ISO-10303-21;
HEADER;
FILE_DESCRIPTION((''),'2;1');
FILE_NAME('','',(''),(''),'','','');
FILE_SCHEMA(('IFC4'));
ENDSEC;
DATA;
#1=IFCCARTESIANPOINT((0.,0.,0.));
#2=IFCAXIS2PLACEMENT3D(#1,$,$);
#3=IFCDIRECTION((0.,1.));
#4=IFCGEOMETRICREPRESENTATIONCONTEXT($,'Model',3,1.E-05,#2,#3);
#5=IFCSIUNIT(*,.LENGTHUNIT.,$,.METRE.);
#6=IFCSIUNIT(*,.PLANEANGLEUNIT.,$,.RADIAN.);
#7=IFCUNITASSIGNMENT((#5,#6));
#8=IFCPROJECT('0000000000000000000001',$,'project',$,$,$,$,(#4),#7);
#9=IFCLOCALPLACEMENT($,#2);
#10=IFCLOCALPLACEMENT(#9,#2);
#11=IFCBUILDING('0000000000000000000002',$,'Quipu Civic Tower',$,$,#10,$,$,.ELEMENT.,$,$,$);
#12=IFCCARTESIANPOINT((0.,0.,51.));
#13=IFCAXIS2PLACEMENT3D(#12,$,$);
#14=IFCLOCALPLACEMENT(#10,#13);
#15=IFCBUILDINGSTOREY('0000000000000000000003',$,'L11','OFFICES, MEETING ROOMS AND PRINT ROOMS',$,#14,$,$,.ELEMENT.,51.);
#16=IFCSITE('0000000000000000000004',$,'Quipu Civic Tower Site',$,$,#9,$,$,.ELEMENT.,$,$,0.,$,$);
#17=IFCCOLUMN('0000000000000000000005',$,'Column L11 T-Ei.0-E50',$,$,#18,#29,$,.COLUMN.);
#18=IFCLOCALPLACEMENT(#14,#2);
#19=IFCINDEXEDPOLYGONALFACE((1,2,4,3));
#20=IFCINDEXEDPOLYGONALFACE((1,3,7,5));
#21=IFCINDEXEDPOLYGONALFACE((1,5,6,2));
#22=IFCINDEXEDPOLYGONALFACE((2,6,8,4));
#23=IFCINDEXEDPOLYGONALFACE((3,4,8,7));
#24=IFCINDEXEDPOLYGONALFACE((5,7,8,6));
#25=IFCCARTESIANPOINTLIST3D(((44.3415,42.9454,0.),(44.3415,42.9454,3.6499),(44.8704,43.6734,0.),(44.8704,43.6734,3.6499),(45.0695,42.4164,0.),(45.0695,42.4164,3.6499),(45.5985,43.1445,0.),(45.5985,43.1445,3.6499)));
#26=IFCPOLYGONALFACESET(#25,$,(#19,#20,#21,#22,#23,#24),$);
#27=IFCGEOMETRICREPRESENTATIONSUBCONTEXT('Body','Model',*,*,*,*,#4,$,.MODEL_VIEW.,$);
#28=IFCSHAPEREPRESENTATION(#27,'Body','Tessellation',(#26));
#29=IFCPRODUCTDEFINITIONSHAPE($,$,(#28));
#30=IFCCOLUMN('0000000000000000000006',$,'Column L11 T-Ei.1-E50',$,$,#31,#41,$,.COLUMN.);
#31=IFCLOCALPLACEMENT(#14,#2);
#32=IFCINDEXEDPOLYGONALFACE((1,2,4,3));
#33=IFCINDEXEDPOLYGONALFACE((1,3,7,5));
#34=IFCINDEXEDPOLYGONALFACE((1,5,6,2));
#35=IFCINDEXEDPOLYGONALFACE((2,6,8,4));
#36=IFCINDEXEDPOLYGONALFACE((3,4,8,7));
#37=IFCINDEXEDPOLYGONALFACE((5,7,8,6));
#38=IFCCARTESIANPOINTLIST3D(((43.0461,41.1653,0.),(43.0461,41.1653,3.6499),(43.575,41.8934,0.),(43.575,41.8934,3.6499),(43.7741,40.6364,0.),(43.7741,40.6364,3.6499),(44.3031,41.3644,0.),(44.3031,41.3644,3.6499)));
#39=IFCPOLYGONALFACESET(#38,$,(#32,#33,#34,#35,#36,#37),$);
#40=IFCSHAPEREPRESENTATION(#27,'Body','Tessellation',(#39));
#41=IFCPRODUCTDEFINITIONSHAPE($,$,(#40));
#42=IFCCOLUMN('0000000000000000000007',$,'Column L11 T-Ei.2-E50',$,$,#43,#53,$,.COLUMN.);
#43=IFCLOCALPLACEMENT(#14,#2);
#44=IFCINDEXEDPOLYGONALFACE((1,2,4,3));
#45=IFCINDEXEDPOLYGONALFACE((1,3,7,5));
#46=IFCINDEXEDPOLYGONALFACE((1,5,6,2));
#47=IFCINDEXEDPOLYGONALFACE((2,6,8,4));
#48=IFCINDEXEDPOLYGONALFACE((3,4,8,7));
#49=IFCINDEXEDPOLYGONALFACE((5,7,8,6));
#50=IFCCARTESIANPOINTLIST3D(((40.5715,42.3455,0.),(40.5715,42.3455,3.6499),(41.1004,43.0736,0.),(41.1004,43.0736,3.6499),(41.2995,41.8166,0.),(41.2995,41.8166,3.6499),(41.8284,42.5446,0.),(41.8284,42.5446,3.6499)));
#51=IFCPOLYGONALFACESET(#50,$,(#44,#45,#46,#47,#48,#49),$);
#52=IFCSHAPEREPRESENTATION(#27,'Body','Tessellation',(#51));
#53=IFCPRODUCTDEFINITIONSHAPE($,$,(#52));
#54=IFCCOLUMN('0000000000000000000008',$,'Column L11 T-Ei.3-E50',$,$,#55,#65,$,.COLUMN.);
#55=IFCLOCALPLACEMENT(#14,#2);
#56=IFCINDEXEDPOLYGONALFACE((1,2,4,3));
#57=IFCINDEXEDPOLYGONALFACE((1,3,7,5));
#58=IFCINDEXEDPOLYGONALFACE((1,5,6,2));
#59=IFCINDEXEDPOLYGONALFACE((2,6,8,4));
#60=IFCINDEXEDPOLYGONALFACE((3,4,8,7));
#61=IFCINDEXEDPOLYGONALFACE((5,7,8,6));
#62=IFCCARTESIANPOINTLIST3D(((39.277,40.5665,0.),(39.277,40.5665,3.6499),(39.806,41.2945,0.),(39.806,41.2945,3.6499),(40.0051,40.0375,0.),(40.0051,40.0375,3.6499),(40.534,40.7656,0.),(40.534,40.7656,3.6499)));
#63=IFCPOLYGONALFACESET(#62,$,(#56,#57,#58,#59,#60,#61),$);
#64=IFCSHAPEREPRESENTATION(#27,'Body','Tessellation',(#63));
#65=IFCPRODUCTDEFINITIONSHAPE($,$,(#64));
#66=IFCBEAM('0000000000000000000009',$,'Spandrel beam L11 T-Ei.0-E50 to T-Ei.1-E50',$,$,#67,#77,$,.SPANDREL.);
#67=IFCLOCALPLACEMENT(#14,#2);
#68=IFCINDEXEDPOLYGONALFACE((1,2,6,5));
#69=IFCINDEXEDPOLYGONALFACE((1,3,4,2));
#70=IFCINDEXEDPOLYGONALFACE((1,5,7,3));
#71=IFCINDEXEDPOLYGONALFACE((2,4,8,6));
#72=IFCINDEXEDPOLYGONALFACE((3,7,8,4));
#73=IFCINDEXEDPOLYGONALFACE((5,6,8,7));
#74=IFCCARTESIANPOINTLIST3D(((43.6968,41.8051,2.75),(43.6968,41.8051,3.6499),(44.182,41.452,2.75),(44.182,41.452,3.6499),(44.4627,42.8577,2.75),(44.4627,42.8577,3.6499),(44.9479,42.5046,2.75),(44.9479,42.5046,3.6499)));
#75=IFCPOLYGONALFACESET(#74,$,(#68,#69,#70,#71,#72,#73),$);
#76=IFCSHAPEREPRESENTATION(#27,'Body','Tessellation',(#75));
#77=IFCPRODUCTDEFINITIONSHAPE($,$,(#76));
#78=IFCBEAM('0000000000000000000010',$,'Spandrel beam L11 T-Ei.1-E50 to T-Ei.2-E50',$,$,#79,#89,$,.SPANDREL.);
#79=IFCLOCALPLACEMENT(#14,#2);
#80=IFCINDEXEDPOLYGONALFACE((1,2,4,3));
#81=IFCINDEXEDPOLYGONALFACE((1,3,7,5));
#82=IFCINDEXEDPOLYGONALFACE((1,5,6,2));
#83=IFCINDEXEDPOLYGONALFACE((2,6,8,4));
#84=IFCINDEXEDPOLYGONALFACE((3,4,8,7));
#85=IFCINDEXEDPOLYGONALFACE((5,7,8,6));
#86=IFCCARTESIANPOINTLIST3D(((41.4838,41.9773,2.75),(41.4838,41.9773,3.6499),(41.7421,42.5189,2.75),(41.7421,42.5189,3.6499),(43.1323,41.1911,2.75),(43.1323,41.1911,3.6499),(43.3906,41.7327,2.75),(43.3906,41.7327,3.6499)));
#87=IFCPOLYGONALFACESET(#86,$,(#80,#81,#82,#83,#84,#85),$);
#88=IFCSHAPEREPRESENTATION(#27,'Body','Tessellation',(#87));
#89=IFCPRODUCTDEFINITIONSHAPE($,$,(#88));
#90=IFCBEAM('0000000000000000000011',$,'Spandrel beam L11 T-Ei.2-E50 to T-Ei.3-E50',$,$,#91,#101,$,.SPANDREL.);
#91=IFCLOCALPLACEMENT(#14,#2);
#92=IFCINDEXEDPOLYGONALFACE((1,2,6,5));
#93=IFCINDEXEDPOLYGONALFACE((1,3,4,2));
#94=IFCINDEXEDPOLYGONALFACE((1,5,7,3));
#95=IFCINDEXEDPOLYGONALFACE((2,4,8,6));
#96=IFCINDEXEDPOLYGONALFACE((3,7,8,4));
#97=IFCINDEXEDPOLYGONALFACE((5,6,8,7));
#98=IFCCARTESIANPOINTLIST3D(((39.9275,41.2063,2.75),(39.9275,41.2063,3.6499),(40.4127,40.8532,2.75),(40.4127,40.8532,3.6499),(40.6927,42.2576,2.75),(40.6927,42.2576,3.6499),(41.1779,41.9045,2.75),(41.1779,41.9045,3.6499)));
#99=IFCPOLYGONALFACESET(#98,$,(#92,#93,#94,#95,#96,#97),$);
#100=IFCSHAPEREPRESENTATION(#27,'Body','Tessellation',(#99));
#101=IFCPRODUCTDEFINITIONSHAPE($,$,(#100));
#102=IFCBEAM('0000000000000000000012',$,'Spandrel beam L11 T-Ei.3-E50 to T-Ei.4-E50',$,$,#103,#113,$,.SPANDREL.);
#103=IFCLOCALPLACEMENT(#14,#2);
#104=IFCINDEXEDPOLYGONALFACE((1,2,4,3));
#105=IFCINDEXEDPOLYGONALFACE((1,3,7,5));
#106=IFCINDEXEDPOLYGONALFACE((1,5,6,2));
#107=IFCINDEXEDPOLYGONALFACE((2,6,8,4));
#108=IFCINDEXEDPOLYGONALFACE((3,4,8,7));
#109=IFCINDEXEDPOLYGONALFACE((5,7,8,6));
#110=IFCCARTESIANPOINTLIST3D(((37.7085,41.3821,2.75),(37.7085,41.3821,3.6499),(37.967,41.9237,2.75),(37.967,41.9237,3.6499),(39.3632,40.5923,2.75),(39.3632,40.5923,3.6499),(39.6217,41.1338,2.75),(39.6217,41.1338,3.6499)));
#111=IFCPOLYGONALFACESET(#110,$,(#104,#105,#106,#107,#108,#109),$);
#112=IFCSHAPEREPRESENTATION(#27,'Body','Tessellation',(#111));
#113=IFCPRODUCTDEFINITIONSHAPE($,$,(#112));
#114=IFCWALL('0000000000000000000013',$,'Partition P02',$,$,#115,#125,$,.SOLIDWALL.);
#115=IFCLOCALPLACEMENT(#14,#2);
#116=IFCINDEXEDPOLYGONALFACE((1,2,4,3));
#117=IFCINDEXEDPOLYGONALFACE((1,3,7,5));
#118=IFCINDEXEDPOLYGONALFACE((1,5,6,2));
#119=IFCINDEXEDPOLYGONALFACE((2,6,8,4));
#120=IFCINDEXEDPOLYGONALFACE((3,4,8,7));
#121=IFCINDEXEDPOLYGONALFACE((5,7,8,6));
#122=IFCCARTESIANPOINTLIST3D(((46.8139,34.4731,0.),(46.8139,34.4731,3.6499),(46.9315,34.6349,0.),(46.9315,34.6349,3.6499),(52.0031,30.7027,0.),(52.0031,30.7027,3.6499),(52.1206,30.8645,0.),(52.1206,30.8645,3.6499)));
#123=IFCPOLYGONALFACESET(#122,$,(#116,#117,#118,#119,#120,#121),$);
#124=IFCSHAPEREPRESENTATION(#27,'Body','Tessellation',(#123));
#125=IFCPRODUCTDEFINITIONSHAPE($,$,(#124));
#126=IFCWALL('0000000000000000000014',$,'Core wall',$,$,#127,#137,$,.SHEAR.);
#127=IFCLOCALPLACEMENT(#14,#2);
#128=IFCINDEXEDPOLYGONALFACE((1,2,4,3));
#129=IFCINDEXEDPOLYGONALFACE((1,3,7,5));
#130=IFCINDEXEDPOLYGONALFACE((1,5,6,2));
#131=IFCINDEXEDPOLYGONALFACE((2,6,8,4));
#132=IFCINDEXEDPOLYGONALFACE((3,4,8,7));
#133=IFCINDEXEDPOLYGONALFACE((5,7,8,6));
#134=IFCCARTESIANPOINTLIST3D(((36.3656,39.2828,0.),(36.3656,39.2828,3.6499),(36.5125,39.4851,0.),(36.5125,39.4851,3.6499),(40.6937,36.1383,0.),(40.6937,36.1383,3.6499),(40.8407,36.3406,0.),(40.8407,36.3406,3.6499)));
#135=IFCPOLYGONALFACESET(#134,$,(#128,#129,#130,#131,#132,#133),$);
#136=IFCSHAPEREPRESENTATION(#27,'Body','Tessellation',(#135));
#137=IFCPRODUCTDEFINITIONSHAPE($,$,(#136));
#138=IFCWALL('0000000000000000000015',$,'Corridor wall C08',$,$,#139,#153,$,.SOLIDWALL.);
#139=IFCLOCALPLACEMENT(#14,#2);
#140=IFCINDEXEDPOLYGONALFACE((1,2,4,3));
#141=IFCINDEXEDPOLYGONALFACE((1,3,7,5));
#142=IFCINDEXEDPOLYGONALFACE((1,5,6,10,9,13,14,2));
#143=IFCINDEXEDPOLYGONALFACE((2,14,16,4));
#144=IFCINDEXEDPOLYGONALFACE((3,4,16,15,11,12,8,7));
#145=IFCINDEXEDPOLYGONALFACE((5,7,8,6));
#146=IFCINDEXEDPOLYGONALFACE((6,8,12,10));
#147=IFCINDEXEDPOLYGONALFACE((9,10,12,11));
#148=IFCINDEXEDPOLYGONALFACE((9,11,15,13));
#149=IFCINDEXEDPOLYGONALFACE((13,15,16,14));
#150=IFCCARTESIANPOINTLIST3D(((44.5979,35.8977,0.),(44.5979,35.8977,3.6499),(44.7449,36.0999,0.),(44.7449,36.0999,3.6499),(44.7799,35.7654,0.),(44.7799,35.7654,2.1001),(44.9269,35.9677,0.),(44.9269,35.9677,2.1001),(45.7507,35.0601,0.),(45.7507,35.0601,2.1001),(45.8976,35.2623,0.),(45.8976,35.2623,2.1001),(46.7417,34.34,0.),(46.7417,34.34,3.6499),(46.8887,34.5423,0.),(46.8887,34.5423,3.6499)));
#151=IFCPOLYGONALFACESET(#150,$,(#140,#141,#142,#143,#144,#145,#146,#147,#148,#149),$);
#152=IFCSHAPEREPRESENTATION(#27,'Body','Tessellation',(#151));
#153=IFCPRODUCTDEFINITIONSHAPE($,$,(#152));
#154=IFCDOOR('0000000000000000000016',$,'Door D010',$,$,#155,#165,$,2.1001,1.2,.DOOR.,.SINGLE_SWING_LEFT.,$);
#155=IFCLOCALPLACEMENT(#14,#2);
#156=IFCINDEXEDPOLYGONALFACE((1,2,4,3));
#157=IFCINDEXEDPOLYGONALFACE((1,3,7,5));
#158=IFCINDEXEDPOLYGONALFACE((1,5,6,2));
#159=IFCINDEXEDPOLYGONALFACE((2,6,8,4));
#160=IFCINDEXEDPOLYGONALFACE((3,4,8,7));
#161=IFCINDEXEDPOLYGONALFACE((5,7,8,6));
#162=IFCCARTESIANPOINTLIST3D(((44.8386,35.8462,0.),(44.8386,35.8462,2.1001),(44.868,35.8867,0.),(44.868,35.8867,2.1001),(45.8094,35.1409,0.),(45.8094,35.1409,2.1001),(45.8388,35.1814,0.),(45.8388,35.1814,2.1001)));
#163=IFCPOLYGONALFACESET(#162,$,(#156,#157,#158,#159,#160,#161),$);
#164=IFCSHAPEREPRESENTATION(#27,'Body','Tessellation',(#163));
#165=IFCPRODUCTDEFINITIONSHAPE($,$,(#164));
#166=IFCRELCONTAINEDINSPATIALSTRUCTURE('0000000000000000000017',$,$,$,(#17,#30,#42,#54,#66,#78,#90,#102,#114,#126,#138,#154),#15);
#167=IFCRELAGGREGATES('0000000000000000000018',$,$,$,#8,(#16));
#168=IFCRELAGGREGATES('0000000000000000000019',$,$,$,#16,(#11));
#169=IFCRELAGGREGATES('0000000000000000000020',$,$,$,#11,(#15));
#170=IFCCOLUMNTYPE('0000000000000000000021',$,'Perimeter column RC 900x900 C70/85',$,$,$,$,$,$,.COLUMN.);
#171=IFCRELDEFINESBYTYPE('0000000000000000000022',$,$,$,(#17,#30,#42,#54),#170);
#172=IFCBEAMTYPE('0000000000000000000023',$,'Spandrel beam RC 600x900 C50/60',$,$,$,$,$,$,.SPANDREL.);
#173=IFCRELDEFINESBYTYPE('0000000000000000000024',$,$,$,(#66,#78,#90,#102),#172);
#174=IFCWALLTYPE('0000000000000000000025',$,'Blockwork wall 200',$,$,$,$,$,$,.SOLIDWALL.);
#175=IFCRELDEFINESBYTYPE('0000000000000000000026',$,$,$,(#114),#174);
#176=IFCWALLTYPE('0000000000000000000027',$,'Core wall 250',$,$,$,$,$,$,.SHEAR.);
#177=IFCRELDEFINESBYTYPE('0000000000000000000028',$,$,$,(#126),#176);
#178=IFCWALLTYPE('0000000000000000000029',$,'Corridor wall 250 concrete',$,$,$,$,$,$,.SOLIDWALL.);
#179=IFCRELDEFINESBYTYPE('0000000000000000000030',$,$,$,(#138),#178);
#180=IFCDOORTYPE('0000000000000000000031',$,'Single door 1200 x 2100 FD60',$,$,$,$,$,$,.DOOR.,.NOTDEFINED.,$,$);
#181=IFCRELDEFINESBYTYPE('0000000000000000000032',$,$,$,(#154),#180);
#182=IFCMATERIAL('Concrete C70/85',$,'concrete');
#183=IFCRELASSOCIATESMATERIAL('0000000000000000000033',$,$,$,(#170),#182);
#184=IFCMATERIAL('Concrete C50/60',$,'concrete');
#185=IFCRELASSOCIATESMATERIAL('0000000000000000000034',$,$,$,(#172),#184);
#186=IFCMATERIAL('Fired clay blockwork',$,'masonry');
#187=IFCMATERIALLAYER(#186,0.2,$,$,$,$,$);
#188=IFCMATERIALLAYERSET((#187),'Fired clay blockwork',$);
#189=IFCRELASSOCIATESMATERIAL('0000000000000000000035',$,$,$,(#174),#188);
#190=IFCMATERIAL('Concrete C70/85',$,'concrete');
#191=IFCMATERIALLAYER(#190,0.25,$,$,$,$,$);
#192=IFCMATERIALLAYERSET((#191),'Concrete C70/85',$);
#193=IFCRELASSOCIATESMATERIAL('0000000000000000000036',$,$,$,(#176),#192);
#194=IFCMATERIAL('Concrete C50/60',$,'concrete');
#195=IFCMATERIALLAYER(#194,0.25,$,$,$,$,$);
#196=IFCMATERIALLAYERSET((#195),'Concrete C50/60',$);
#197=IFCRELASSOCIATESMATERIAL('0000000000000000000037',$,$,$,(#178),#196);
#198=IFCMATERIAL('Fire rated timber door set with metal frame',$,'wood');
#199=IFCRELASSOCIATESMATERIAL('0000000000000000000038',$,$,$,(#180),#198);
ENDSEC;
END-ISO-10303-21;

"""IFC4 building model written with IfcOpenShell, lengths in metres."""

from ifc_helpers import new_model, si_unit, direction, frame, frame_2d, origin, origin_2d, place, context, subcontext, project, spatial, rectangle, extrude, material, layer, layer_set, material_profile, profile_set, type_object, element, fill, save


model = new_model("IFC4")

# Units and contexts
model_context = context("Model", 3, precision=1e-05, world=origin(), true_north=direction((0.0, 1.0)))
body_context = subcontext(model_context, "Body", "Model", "MODEL_VIEW")
ifc_project = project(units=[si_unit("LENGTHUNIT", "METRE"), si_unit("PLANEANGLEUNIT", "RADIAN")], contexts=[model_context])

# Site, building, storey
site_placement = place(None, origin())
site = spatial("IfcSite", under=ifc_project, at=site_placement, Name="Quipu Civic Tower Site", CompositionType="ELEMENT", RefElevation=0.0)
building_placement = place(site_placement, origin())
building = spatial("IfcBuilding", under=site, at=building_placement, Name="Quipu Civic Tower", CompositionType="ELEMENT")
storey_placement = place(building_placement, frame((0.0, 0.0, 51.0)))
storey = spatial("IfcBuildingStorey", under=building, at=storey_placement, Name="L11", Description="OFFICES, MEETING ROOMS AND PRINT ROOMS", CompositionType="ELEMENT", Elevation=51.0)

# Columns
ifc_material_1 = material(Name="Concrete C70/85", Category="concrete")
ifc_material_profile_1 = material_profile(ifc_material_1, rectangle(XDim=0.8999, YDim=0.8999, at=origin_2d()), Name="RC900x900")
ifc_profile_set_1 = profile_set([ifc_material_profile_1], Name="Concrete C70/85")
column_type = type_object("IfcColumnType", Name="Perimeter column RC 900x900 C70/85", PredefinedType="COLUMN", material=ifc_profile_set_1)
for number, where, z_axis, x_axis, name in (
    (1, (44.97, 43.0449, 0.0), (0.0, 0.0, 1.0), (-0.809017, 0.587785, 0.0), "Column L11 T-Ei.0-E50"),
    (2, (43.6746, 41.2649, 0.0), (0.0, 0.0, 1.0), (-0.809017, 0.587785, 0.0), "Column L11 T-Ei.1-E50"),
    (3, (41.2, 42.4451, 0.0), (0.0, 0.0, 1.0), (-0.587785, -0.809017, 0.0), "Column L11 T-Ei.2-E50"),
    (4, (39.9055, 40.666, 0.0), (0.0, 0.0, 1.0), (-0.587785, -0.809017, 0.0), "Column L11 T-Ei.3-E50"),
):
    element("IfcColumn", number, at=place(storey_placement, frame(where, z_axis=z_axis, x_axis=x_axis)), inside=storey, type_object=column_type, Name=name, PredefinedType="COLUMN", context=body_context, shape_type="SweptSolid", body=[
        extrude(rectangle(XDim=0.8999, YDim=0.8999, at=origin_2d()), origin(), (0.0, 0.0, 1.0), 3.6499),
    ])

# Beams
ifc_material_2 = material(Name="Concrete C50/60", Category="concrete")
ifc_material_profile_2 = material_profile(ifc_material_2, rectangle(XDim=0.6001, YDim=0.8999, at=origin_2d()), Name="RC600x900")
ifc_profile_set_2 = profile_set([ifc_material_profile_2], Name="Concrete C50/60")
beam_type = type_object("IfcBeamType", Name="Spandrel beam RC 600x900 C50/60", PredefinedType="SPANDREL", material=ifc_profile_set_2)
beam_1_placement = place(storey_placement, frame((44.7053, 42.6812, 3.2), z_axis=(-0.588384, -0.808582, 0.0), x_axis=(0.808582, -0.588384, 0.0)))
element("IfcBeam", 5, at=beam_1_placement, inside=storey, type_object=beam_type, Name="Spandrel beam L11 T-Ei.0-E50 to T-Ei.1-E50", PredefinedType="SPANDREL", context=body_context, shape_type="SweptSolid", body=[
    extrude(rectangle(XDim=0.6001, YDim=0.8999, at=origin_2d()), origin(), (0.0, 0.0, 1.0), 1.3018),
])
beam_2_placement = place(storey_placement, frame((43.2615, 41.4619, 3.2), z_axis=(-0.902613, 0.430452, 0.0), x_axis=(-0.430452, -0.902613, 0.0)))
element("IfcBeam", 6, at=beam_2_placement, inside=storey, type_object=beam_type, Name="Spandrel beam L11 T-Ei.1-E50 to T-Ei.2-E50", PredefinedType="SPANDREL", context=body_context, shape_type="SweptSolid", body=[
    extrude(rectangle(XDim=0.6001, YDim=0.8999, at=origin_2d()), origin(), (0.0, 0.0, 1.0), 1.8264),
])
beam_3_placement = place(storey_placement, frame((40.9353, 42.0811, 3.2), z_axis=(-0.588462, -0.808525, 0.0), x_axis=(0.808525, -0.588462, 0.0)))
element("IfcBeam", 7, at=beam_3_placement, inside=storey, type_object=beam_type, Name="Spandrel beam L11 T-Ei.2-E50 to T-Ei.3-E50", PredefinedType="SPANDREL", context=body_context, shape_type="SweptSolid", body=[
    extrude(rectangle(XDim=0.6001, YDim=0.8999, at=origin_2d()), origin(), (0.0, 0.0, 1.0), 1.3003),
])
beam_4_placement = place(storey_placement, frame((39.4924, 40.863, 3.2), z_axis=(-0.902454, 0.430786, 0.0), x_axis=(-0.430786, -0.902454, 0.0)))
element("IfcBeam", 8, at=beam_4_placement, inside=storey, type_object=beam_type, Name="Spandrel beam L11 T-Ei.3-E50 to T-Ei.4-E50", PredefinedType="SPANDREL", context=body_context, shape_type="SweptSolid", body=[
    extrude(rectangle(XDim=0.6001, YDim=0.8999, at=origin_2d()), origin(), (0.0, 0.0, 1.0), 1.8335),
])

# Walls
ifc_material_3 = material(Name="Fired clay blockwork", Category="masonry")
ifc_layer_1 = layer(ifc_material_3, 0.2)
ifc_layer_set_1 = layer_set([ifc_layer_1], Name="Fired clay blockwork")
wall_type_1 = type_object("IfcWallType", Name="Blockwork wall 200", PredefinedType="SOLIDWALL", material=ifc_layer_set_1)
wall_1_placement = place(storey_placement, frame((46.8728, 34.554, 0.0), z_axis=(0.0, 0.0, 1.0), x_axis=(0.808993, -0.587819, 0.0)))
element("IfcWall", 9, at=wall_1_placement, inside=storey, type_object=wall_type_1, Name="Partition P02", PredefinedType="SOLIDWALL", context=body_context, shape_type="SweptSolid", body=[
    extrude(rectangle(XDim=6.4143, YDim=0.2, at=frame_2d((3.207, 0.0))), origin(), (0.0, 0.0, 1.0), 3.6499),
])
ifc_material_4 = material(Name="Concrete C70/85", Category="concrete")
ifc_layer_2 = layer(ifc_material_4, 0.25)
ifc_layer_set_2 = layer_set([ifc_layer_2], Name="Concrete C70/85")
wall_type_2 = type_object("IfcWallType", Name="Core wall 250", PredefinedType="SHEAR", material=ifc_layer_set_2)
wall_2_placement = place(storey_placement, frame((40.7671, 36.2395, 0.0), z_axis=(0.0, 0.0, 1.0), x_axis=(-0.80902, 0.587781, 0.0)))
element("IfcWall", 10, at=wall_2_placement, inside=storey, type_object=wall_type_2, Name="Core wall", PredefinedType="SHEAR", context=body_context, shape_type="SweptSolid", body=[
    extrude(rectangle(XDim=5.3499, YDim=0.25, at=frame_2d((2.6748, 0.0))), origin(), (0.0, 0.0, 1.0), 3.6499),
])

# Wall, opening, door
ifc_material_5 = material(Name="Concrete C50/60", Category="concrete")
ifc_layer_3 = layer(ifc_material_5, 0.25)
ifc_layer_set_3 = layer_set([ifc_layer_3], Name="Concrete C50/60")
wall_type_3 = type_object("IfcWallType", Name="Corridor wall 250 concrete", PredefinedType="SOLIDWALL", material=ifc_layer_set_3)
wall_3_placement = place(storey_placement, frame((44.6714, 35.9988, 0.0), z_axis=(0.0, 0.0, 1.0), x_axis=(0.809007, -0.587799, 0.0)))
wall_3 = element("IfcWall", 11, at=wall_3_placement, inside=storey, type_object=wall_type_3, Name="Corridor wall C08", PredefinedType="SOLIDWALL", context=body_context, shape_type="SweptSolid", body=[
    extrude(rectangle(XDim=2.6499, YDim=0.25, at=frame_2d((1.325, 0.0))), origin(), (0.0, 0.0, 1.0), 3.6499),
])
opening_1_placement = place(wall_3_placement, frame((0.2249, 0.0, 0.0)))
opening_1 = element("IfcOpeningElement", 12, at=opening_1_placement, cuts=wall_3, PredefinedType="OPENING", context=body_context, shape_type="SweptSolid", body=[
    extrude(rectangle(XDim=1.2, YDim=2.1001, at=frame_2d((0.6001, 1.05))), frame((0.0, 0.135, 0.0), z_axis=(0.0, -1.0, 0.0), x_axis=(1.0, 0.0, 0.0)), (0.0, 0.0, 1.0), 0.27),
])
ifc_material_6 = material(Name="Fire rated timber door set with metal frame", Category="wood")
door_type_1 = type_object("IfcDoorType", Name="Single door 1200 x 2100 FD60", OperationType="NOTDEFINED", PredefinedType="DOOR", material=ifc_material_6)
door_1_placement = place(opening_1_placement, origin())
door_1 = element("IfcDoor", 13, at=door_1_placement, inside=storey, type_object=door_type_1, Name="Door D010", OperationType="SINGLE_SWING_LEFT", OverallHeight=2.1001, OverallWidth=1.2, PredefinedType="DOOR", context=body_context, shape_type="SweptSolid", body=[
    extrude(rectangle(XDim=1.2, YDim=2.1001, at=frame_2d((0.6001, 1.05))), frame((0.0, 0.0249, 0.0), z_axis=(0.0, -1.0, 0.0), x_axis=(1.0, 0.0, 0.0)), (0.0, 0.0, 1.0), 0.05),
])
fill(opening_1, door_1)

save(model, "model.ifc")
